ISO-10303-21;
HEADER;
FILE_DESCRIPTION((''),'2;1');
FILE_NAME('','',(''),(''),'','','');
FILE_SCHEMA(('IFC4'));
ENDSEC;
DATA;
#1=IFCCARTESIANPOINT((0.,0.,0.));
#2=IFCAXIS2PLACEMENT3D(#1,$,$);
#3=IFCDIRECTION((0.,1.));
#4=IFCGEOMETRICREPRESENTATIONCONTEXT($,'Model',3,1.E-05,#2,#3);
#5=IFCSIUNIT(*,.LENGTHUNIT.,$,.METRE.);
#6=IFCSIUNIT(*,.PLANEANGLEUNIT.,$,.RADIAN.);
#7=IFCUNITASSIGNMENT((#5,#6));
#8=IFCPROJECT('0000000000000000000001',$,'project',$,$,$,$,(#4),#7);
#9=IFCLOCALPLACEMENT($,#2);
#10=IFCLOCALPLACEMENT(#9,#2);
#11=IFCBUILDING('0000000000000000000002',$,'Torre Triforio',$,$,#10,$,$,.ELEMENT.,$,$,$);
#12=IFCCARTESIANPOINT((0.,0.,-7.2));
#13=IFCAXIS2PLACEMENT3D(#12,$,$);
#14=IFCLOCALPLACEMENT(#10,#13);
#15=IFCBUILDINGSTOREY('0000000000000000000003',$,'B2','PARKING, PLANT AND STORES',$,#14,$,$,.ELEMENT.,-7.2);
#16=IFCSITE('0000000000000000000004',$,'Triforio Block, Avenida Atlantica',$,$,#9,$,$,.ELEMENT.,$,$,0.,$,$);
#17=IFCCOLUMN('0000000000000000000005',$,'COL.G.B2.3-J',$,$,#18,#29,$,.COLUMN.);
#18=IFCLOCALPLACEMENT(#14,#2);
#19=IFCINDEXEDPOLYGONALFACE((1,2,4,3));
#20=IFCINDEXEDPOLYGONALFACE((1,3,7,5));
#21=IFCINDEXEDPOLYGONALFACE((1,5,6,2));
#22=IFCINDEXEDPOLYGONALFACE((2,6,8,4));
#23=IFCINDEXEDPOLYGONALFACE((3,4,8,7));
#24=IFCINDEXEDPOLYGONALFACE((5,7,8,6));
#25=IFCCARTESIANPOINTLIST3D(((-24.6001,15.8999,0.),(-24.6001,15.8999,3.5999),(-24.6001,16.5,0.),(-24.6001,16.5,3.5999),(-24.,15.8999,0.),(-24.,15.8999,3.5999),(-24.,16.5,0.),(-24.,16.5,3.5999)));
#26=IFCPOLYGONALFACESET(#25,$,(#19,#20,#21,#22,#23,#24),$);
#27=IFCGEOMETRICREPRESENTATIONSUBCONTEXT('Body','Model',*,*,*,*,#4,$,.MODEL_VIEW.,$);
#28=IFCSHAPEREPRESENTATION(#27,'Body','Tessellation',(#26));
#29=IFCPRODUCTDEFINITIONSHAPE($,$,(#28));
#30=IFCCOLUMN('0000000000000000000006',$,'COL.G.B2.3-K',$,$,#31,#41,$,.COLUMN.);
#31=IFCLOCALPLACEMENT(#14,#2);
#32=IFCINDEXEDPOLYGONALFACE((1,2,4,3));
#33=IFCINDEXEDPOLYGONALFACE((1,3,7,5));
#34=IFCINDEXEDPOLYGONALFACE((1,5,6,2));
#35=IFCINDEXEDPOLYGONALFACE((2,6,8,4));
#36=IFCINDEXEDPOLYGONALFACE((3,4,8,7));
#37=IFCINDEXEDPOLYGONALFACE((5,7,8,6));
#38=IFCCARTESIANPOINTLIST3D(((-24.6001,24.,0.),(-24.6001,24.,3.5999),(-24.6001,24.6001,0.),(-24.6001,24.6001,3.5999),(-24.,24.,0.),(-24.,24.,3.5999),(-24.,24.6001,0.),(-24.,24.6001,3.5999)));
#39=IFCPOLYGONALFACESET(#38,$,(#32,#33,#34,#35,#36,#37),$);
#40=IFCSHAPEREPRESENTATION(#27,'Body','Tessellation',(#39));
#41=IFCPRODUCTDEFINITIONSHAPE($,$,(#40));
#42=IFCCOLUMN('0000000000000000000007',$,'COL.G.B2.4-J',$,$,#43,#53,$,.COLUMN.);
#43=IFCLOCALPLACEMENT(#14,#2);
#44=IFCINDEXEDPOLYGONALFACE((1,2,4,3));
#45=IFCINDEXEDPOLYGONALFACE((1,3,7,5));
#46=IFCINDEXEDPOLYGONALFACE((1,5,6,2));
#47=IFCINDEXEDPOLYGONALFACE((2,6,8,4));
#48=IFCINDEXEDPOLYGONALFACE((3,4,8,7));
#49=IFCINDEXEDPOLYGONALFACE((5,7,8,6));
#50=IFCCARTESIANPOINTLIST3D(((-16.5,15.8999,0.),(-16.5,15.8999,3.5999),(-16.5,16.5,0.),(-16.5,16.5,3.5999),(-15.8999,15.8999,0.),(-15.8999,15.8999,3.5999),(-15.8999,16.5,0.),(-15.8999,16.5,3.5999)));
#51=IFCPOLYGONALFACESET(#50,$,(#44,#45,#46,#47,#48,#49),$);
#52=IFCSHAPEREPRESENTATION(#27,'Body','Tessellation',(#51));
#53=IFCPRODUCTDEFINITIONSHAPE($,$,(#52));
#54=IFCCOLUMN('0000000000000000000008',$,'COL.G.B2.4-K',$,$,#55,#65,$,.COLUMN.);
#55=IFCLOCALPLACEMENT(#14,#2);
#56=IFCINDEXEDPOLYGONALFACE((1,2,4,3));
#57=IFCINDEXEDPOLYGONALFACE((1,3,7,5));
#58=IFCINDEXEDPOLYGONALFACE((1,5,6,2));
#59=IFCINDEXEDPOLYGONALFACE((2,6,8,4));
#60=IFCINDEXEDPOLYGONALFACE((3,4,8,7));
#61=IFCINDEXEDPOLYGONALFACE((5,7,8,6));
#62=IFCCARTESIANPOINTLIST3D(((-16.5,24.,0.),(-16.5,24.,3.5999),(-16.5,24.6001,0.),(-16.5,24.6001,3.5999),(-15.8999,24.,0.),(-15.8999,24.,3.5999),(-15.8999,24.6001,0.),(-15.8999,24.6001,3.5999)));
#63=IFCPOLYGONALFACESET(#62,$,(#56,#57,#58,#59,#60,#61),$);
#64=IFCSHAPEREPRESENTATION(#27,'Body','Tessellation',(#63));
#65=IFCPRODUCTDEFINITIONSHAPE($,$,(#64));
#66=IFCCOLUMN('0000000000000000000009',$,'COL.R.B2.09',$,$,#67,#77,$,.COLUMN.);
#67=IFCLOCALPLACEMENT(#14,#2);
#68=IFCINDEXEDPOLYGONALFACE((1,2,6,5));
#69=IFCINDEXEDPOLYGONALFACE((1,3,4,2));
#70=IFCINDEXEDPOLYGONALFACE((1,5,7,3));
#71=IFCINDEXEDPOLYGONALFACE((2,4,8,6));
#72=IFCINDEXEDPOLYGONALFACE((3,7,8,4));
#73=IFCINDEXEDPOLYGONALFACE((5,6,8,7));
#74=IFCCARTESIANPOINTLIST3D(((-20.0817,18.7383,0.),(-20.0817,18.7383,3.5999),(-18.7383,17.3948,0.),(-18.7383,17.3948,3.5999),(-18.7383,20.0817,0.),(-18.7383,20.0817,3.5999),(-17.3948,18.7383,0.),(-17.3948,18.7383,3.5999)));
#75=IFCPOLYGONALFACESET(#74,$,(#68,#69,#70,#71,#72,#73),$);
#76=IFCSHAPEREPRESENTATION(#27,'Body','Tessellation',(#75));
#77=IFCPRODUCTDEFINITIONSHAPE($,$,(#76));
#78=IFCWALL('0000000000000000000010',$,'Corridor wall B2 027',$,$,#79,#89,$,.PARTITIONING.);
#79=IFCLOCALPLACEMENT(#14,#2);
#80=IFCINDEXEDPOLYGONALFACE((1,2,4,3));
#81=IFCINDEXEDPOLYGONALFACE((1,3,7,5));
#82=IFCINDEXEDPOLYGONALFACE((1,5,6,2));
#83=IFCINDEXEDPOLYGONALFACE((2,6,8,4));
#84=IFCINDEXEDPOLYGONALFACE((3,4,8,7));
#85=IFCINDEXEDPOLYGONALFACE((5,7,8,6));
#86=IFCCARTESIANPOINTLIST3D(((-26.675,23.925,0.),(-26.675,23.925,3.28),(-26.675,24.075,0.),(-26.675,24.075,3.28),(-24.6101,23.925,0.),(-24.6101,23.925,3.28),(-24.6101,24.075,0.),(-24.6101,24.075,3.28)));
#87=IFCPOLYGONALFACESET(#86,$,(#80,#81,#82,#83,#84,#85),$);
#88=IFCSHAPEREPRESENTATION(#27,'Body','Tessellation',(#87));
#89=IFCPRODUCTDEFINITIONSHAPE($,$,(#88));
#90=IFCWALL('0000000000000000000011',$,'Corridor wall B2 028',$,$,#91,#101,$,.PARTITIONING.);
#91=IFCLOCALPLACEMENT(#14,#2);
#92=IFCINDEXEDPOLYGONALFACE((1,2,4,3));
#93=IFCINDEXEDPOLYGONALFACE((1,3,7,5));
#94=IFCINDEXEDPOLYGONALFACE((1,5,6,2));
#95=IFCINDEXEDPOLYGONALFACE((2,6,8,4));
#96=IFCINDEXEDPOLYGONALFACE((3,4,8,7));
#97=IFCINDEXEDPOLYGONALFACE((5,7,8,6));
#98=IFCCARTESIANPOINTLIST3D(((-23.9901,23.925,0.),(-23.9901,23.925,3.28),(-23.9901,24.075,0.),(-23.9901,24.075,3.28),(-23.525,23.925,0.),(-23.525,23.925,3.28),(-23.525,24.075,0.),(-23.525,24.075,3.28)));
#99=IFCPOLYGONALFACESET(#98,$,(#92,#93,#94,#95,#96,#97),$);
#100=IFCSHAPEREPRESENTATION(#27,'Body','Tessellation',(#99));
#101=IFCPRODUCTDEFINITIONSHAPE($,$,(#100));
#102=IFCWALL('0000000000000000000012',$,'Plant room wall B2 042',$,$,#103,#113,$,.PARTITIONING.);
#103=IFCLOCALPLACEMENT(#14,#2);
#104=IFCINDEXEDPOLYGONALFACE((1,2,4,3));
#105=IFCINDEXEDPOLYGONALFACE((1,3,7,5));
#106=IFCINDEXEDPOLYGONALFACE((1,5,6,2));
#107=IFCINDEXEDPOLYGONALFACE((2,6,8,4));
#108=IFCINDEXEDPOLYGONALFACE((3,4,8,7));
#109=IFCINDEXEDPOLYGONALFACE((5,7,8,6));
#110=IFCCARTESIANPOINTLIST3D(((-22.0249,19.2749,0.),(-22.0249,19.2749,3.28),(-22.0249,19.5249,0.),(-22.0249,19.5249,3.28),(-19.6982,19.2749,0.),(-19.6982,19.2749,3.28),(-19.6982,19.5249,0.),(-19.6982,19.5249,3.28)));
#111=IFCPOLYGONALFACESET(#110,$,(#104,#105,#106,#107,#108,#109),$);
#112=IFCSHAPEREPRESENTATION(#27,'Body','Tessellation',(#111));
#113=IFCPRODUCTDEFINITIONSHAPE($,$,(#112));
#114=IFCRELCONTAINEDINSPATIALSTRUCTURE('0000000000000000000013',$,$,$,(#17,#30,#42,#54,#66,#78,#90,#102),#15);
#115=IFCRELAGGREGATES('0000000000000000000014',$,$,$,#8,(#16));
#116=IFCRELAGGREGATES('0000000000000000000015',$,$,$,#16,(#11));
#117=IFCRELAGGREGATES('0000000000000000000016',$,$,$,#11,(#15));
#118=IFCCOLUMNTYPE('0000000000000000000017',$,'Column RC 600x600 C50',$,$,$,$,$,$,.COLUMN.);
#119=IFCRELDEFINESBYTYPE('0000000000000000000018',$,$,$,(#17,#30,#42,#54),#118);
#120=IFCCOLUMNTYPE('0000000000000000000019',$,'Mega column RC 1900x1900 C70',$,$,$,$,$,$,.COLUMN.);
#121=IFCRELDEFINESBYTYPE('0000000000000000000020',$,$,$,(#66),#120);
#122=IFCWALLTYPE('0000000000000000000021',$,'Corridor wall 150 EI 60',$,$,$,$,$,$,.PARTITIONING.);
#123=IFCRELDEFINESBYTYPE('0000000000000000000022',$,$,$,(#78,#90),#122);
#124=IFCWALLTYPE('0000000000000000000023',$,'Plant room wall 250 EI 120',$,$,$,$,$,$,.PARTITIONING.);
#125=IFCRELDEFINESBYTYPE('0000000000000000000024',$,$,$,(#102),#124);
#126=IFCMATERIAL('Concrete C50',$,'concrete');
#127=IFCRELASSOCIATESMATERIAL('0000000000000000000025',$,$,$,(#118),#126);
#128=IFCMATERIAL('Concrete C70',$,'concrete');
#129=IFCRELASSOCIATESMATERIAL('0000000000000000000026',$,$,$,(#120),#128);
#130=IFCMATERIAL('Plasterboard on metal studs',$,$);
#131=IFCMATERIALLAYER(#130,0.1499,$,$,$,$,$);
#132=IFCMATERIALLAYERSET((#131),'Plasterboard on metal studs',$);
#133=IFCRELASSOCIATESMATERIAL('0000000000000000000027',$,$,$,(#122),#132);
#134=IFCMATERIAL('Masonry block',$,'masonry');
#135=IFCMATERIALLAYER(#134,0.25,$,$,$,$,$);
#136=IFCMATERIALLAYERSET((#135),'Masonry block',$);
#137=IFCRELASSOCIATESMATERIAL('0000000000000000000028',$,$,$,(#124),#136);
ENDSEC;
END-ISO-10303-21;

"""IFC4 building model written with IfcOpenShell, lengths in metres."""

from ifc_helpers import new_model, si_unit, direction, frame, frame_2d, origin, origin_2d, place, context, subcontext, project, spatial, rectangle, extrude, material, layer, layer_set, material_profile, profile_set, type_object, element, save


model = new_model("IFC4")

# Units and contexts
model_context = context("Model", 3, precision=1e-05, world=origin(), true_north=direction((0.0, 1.0)))
body_context = subcontext(model_context, "Body", "Model", "MODEL_VIEW")
ifc_project = project(units=[si_unit("LENGTHUNIT", "METRE"), si_unit("PLANEANGLEUNIT", "RADIAN")], contexts=[model_context])

# Site, building, storey
site_placement = place(None, origin())
site = spatial("IfcSite", under=ifc_project, at=site_placement, Name="Triforio Block, Avenida Atlantica", CompositionType="ELEMENT", RefElevation=0.0)
building_placement = place(site_placement, origin())
building = spatial("IfcBuilding", under=site, at=building_placement, Name="Torre Triforio", CompositionType="ELEMENT")
storey_placement = place(building_placement, frame((0.0, 0.0, -7.2)))
storey = spatial("IfcBuildingStorey", under=building, at=storey_placement, Name="B2", Description="PARKING, PLANT AND STORES", CompositionType="ELEMENT", Elevation=-7.2)

# Columns
ifc_material_1 = material(Name="Concrete C50", Category="concrete")
ifc_material_profile_1 = material_profile(ifc_material_1, rectangle(XDim=0.6001, YDim=0.6001, at=origin_2d()), Name="RC 600x600")
ifc_profile_set_1 = profile_set([ifc_material_profile_1], Name="Concrete C50")
column_type_1 = type_object("IfcColumnType", Name="Column RC 600x600 C50", PredefinedType="COLUMN", material=ifc_profile_set_1)
for number, where, z_axis, x_axis, name in (
    (1, (-24.3, 16.2, 0.0), (0.0, 0.0, 1.0), (1.0, 0.0, 0.0), "COL.G.B2.3-J"),
    (2, (-24.3, 24.3, 0.0), (0.0, 0.0, 1.0), (1.0, 0.0, 0.0), "COL.G.B2.3-K"),
    (3, (-16.2, 16.2, 0.0), (0.0, 0.0, 1.0), (1.0, 0.0, 0.0), "COL.G.B2.4-J"),
    (4, (-16.2, 24.3, 0.0), (0.0, 0.0, 1.0), (1.0, 0.0, 0.0), "COL.G.B2.4-K"),
):
    element("IfcColumn", number, at=place(storey_placement, frame(where, z_axis=z_axis, x_axis=x_axis)), inside=storey, type_object=column_type_1, Name=name, PredefinedType="COLUMN", context=body_context, shape_type="SweptSolid", body=[
        extrude(rectangle(XDim=0.6001, YDim=0.6001, at=origin_2d()), origin(), (0.0, 0.0, 1.0), 3.5999),
    ])
ifc_material_2 = material(Name="Concrete C70", Category="concrete")
ifc_material_profile_2 = material_profile(ifc_material_2, rectangle(XDim=1.8999, YDim=1.8999, at=origin_2d()), Name="RC 1900x1900")
ifc_profile_set_2 = profile_set([ifc_material_profile_2], Name="Concrete C70")
column_type_2 = type_object("IfcColumnType", Name="Mega column RC 1900x1900 C70", PredefinedType="COLUMN", material=ifc_profile_set_2)
column_placement = place(storey_placement, frame((-18.7383, 18.7383, 0.0), z_axis=(0.0, 0.0, 1.0), x_axis=(-0.707107, -0.707107, 0.0)))
element("IfcColumn", 5, at=column_placement, inside=storey, type_object=column_type_2, Name="COL.R.B2.09", PredefinedType="COLUMN", context=body_context, shape_type="SweptSolid", body=[
    extrude(rectangle(XDim=1.8999, YDim=1.8999, at=origin_2d()), origin(), (0.0, 0.0, 1.0), 3.5999),
])

# Walls
ifc_material_3 = material(Name="Plasterboard on metal studs")
ifc_layer_1 = layer(ifc_material_3, 0.1499)
ifc_layer_set_1 = layer_set([ifc_layer_1], Name="Plasterboard on metal studs")
wall_type_1 = type_object("IfcWallType", Name="Corridor wall 150 EI 60", PredefinedType="PARTITIONING", material=ifc_layer_set_1)
wall_1_placement = place(storey_placement, frame((-26.675, 24.0, 0.0), z_axis=(0.0, 0.0, 1.0), x_axis=(1.0, 0.0, 0.0)))
element("IfcWall", 6, at=wall_1_placement, inside=storey, type_object=wall_type_1, Name="Corridor wall B2 027", PredefinedType="PARTITIONING", context=body_context, shape_type="SweptSolid", body=[
    extrude(rectangle(XDim=2.0649, YDim=0.1499, at=frame_2d((1.0325, 0.0))), origin(), (0.0, 0.0, 1.0), 3.28),
])
wall_2_placement = place(storey_placement, frame((-23.99, 24.0, 0.0), z_axis=(0.0, 0.0, 1.0), x_axis=(1.0, 0.0, 0.0)))
element("IfcWall", 7, at=wall_2_placement, inside=storey, type_object=wall_type_1, Name="Corridor wall B2 028", PredefinedType="PARTITIONING", context=body_context, shape_type="SweptSolid", body=[
    extrude(rectangle(XDim=0.4651, YDim=0.1499, at=frame_2d((0.2324, 0.0))), origin(), (0.0, 0.0, 1.0), 3.28),
])
ifc_material_4 = material(Name="Masonry block", Category="masonry")
ifc_layer_2 = layer(ifc_material_4, 0.25)
ifc_layer_set_2 = layer_set([ifc_layer_2], Name="Masonry block")
wall_type_2 = type_object("IfcWallType", Name="Plant room wall 250 EI 120", PredefinedType="PARTITIONING", material=ifc_layer_set_2)
wall_3_placement = place(storey_placement, frame((-22.0249, 19.3999, 0.0), z_axis=(0.0, 0.0, 1.0), x_axis=(1.0, 0.0, 0.0)))
element("IfcWall", 8, at=wall_3_placement, inside=storey, type_object=wall_type_2, Name="Plant room wall B2 042", PredefinedType="PARTITIONING", context=body_context, shape_type="SweptSolid", body=[
    extrude(rectangle(XDim=2.3267, YDim=0.25, at=frame_2d((1.1633, 0.0))), origin(), (0.0, 0.0, 1.0), 3.28),
])

save(model, "model.ifc")
